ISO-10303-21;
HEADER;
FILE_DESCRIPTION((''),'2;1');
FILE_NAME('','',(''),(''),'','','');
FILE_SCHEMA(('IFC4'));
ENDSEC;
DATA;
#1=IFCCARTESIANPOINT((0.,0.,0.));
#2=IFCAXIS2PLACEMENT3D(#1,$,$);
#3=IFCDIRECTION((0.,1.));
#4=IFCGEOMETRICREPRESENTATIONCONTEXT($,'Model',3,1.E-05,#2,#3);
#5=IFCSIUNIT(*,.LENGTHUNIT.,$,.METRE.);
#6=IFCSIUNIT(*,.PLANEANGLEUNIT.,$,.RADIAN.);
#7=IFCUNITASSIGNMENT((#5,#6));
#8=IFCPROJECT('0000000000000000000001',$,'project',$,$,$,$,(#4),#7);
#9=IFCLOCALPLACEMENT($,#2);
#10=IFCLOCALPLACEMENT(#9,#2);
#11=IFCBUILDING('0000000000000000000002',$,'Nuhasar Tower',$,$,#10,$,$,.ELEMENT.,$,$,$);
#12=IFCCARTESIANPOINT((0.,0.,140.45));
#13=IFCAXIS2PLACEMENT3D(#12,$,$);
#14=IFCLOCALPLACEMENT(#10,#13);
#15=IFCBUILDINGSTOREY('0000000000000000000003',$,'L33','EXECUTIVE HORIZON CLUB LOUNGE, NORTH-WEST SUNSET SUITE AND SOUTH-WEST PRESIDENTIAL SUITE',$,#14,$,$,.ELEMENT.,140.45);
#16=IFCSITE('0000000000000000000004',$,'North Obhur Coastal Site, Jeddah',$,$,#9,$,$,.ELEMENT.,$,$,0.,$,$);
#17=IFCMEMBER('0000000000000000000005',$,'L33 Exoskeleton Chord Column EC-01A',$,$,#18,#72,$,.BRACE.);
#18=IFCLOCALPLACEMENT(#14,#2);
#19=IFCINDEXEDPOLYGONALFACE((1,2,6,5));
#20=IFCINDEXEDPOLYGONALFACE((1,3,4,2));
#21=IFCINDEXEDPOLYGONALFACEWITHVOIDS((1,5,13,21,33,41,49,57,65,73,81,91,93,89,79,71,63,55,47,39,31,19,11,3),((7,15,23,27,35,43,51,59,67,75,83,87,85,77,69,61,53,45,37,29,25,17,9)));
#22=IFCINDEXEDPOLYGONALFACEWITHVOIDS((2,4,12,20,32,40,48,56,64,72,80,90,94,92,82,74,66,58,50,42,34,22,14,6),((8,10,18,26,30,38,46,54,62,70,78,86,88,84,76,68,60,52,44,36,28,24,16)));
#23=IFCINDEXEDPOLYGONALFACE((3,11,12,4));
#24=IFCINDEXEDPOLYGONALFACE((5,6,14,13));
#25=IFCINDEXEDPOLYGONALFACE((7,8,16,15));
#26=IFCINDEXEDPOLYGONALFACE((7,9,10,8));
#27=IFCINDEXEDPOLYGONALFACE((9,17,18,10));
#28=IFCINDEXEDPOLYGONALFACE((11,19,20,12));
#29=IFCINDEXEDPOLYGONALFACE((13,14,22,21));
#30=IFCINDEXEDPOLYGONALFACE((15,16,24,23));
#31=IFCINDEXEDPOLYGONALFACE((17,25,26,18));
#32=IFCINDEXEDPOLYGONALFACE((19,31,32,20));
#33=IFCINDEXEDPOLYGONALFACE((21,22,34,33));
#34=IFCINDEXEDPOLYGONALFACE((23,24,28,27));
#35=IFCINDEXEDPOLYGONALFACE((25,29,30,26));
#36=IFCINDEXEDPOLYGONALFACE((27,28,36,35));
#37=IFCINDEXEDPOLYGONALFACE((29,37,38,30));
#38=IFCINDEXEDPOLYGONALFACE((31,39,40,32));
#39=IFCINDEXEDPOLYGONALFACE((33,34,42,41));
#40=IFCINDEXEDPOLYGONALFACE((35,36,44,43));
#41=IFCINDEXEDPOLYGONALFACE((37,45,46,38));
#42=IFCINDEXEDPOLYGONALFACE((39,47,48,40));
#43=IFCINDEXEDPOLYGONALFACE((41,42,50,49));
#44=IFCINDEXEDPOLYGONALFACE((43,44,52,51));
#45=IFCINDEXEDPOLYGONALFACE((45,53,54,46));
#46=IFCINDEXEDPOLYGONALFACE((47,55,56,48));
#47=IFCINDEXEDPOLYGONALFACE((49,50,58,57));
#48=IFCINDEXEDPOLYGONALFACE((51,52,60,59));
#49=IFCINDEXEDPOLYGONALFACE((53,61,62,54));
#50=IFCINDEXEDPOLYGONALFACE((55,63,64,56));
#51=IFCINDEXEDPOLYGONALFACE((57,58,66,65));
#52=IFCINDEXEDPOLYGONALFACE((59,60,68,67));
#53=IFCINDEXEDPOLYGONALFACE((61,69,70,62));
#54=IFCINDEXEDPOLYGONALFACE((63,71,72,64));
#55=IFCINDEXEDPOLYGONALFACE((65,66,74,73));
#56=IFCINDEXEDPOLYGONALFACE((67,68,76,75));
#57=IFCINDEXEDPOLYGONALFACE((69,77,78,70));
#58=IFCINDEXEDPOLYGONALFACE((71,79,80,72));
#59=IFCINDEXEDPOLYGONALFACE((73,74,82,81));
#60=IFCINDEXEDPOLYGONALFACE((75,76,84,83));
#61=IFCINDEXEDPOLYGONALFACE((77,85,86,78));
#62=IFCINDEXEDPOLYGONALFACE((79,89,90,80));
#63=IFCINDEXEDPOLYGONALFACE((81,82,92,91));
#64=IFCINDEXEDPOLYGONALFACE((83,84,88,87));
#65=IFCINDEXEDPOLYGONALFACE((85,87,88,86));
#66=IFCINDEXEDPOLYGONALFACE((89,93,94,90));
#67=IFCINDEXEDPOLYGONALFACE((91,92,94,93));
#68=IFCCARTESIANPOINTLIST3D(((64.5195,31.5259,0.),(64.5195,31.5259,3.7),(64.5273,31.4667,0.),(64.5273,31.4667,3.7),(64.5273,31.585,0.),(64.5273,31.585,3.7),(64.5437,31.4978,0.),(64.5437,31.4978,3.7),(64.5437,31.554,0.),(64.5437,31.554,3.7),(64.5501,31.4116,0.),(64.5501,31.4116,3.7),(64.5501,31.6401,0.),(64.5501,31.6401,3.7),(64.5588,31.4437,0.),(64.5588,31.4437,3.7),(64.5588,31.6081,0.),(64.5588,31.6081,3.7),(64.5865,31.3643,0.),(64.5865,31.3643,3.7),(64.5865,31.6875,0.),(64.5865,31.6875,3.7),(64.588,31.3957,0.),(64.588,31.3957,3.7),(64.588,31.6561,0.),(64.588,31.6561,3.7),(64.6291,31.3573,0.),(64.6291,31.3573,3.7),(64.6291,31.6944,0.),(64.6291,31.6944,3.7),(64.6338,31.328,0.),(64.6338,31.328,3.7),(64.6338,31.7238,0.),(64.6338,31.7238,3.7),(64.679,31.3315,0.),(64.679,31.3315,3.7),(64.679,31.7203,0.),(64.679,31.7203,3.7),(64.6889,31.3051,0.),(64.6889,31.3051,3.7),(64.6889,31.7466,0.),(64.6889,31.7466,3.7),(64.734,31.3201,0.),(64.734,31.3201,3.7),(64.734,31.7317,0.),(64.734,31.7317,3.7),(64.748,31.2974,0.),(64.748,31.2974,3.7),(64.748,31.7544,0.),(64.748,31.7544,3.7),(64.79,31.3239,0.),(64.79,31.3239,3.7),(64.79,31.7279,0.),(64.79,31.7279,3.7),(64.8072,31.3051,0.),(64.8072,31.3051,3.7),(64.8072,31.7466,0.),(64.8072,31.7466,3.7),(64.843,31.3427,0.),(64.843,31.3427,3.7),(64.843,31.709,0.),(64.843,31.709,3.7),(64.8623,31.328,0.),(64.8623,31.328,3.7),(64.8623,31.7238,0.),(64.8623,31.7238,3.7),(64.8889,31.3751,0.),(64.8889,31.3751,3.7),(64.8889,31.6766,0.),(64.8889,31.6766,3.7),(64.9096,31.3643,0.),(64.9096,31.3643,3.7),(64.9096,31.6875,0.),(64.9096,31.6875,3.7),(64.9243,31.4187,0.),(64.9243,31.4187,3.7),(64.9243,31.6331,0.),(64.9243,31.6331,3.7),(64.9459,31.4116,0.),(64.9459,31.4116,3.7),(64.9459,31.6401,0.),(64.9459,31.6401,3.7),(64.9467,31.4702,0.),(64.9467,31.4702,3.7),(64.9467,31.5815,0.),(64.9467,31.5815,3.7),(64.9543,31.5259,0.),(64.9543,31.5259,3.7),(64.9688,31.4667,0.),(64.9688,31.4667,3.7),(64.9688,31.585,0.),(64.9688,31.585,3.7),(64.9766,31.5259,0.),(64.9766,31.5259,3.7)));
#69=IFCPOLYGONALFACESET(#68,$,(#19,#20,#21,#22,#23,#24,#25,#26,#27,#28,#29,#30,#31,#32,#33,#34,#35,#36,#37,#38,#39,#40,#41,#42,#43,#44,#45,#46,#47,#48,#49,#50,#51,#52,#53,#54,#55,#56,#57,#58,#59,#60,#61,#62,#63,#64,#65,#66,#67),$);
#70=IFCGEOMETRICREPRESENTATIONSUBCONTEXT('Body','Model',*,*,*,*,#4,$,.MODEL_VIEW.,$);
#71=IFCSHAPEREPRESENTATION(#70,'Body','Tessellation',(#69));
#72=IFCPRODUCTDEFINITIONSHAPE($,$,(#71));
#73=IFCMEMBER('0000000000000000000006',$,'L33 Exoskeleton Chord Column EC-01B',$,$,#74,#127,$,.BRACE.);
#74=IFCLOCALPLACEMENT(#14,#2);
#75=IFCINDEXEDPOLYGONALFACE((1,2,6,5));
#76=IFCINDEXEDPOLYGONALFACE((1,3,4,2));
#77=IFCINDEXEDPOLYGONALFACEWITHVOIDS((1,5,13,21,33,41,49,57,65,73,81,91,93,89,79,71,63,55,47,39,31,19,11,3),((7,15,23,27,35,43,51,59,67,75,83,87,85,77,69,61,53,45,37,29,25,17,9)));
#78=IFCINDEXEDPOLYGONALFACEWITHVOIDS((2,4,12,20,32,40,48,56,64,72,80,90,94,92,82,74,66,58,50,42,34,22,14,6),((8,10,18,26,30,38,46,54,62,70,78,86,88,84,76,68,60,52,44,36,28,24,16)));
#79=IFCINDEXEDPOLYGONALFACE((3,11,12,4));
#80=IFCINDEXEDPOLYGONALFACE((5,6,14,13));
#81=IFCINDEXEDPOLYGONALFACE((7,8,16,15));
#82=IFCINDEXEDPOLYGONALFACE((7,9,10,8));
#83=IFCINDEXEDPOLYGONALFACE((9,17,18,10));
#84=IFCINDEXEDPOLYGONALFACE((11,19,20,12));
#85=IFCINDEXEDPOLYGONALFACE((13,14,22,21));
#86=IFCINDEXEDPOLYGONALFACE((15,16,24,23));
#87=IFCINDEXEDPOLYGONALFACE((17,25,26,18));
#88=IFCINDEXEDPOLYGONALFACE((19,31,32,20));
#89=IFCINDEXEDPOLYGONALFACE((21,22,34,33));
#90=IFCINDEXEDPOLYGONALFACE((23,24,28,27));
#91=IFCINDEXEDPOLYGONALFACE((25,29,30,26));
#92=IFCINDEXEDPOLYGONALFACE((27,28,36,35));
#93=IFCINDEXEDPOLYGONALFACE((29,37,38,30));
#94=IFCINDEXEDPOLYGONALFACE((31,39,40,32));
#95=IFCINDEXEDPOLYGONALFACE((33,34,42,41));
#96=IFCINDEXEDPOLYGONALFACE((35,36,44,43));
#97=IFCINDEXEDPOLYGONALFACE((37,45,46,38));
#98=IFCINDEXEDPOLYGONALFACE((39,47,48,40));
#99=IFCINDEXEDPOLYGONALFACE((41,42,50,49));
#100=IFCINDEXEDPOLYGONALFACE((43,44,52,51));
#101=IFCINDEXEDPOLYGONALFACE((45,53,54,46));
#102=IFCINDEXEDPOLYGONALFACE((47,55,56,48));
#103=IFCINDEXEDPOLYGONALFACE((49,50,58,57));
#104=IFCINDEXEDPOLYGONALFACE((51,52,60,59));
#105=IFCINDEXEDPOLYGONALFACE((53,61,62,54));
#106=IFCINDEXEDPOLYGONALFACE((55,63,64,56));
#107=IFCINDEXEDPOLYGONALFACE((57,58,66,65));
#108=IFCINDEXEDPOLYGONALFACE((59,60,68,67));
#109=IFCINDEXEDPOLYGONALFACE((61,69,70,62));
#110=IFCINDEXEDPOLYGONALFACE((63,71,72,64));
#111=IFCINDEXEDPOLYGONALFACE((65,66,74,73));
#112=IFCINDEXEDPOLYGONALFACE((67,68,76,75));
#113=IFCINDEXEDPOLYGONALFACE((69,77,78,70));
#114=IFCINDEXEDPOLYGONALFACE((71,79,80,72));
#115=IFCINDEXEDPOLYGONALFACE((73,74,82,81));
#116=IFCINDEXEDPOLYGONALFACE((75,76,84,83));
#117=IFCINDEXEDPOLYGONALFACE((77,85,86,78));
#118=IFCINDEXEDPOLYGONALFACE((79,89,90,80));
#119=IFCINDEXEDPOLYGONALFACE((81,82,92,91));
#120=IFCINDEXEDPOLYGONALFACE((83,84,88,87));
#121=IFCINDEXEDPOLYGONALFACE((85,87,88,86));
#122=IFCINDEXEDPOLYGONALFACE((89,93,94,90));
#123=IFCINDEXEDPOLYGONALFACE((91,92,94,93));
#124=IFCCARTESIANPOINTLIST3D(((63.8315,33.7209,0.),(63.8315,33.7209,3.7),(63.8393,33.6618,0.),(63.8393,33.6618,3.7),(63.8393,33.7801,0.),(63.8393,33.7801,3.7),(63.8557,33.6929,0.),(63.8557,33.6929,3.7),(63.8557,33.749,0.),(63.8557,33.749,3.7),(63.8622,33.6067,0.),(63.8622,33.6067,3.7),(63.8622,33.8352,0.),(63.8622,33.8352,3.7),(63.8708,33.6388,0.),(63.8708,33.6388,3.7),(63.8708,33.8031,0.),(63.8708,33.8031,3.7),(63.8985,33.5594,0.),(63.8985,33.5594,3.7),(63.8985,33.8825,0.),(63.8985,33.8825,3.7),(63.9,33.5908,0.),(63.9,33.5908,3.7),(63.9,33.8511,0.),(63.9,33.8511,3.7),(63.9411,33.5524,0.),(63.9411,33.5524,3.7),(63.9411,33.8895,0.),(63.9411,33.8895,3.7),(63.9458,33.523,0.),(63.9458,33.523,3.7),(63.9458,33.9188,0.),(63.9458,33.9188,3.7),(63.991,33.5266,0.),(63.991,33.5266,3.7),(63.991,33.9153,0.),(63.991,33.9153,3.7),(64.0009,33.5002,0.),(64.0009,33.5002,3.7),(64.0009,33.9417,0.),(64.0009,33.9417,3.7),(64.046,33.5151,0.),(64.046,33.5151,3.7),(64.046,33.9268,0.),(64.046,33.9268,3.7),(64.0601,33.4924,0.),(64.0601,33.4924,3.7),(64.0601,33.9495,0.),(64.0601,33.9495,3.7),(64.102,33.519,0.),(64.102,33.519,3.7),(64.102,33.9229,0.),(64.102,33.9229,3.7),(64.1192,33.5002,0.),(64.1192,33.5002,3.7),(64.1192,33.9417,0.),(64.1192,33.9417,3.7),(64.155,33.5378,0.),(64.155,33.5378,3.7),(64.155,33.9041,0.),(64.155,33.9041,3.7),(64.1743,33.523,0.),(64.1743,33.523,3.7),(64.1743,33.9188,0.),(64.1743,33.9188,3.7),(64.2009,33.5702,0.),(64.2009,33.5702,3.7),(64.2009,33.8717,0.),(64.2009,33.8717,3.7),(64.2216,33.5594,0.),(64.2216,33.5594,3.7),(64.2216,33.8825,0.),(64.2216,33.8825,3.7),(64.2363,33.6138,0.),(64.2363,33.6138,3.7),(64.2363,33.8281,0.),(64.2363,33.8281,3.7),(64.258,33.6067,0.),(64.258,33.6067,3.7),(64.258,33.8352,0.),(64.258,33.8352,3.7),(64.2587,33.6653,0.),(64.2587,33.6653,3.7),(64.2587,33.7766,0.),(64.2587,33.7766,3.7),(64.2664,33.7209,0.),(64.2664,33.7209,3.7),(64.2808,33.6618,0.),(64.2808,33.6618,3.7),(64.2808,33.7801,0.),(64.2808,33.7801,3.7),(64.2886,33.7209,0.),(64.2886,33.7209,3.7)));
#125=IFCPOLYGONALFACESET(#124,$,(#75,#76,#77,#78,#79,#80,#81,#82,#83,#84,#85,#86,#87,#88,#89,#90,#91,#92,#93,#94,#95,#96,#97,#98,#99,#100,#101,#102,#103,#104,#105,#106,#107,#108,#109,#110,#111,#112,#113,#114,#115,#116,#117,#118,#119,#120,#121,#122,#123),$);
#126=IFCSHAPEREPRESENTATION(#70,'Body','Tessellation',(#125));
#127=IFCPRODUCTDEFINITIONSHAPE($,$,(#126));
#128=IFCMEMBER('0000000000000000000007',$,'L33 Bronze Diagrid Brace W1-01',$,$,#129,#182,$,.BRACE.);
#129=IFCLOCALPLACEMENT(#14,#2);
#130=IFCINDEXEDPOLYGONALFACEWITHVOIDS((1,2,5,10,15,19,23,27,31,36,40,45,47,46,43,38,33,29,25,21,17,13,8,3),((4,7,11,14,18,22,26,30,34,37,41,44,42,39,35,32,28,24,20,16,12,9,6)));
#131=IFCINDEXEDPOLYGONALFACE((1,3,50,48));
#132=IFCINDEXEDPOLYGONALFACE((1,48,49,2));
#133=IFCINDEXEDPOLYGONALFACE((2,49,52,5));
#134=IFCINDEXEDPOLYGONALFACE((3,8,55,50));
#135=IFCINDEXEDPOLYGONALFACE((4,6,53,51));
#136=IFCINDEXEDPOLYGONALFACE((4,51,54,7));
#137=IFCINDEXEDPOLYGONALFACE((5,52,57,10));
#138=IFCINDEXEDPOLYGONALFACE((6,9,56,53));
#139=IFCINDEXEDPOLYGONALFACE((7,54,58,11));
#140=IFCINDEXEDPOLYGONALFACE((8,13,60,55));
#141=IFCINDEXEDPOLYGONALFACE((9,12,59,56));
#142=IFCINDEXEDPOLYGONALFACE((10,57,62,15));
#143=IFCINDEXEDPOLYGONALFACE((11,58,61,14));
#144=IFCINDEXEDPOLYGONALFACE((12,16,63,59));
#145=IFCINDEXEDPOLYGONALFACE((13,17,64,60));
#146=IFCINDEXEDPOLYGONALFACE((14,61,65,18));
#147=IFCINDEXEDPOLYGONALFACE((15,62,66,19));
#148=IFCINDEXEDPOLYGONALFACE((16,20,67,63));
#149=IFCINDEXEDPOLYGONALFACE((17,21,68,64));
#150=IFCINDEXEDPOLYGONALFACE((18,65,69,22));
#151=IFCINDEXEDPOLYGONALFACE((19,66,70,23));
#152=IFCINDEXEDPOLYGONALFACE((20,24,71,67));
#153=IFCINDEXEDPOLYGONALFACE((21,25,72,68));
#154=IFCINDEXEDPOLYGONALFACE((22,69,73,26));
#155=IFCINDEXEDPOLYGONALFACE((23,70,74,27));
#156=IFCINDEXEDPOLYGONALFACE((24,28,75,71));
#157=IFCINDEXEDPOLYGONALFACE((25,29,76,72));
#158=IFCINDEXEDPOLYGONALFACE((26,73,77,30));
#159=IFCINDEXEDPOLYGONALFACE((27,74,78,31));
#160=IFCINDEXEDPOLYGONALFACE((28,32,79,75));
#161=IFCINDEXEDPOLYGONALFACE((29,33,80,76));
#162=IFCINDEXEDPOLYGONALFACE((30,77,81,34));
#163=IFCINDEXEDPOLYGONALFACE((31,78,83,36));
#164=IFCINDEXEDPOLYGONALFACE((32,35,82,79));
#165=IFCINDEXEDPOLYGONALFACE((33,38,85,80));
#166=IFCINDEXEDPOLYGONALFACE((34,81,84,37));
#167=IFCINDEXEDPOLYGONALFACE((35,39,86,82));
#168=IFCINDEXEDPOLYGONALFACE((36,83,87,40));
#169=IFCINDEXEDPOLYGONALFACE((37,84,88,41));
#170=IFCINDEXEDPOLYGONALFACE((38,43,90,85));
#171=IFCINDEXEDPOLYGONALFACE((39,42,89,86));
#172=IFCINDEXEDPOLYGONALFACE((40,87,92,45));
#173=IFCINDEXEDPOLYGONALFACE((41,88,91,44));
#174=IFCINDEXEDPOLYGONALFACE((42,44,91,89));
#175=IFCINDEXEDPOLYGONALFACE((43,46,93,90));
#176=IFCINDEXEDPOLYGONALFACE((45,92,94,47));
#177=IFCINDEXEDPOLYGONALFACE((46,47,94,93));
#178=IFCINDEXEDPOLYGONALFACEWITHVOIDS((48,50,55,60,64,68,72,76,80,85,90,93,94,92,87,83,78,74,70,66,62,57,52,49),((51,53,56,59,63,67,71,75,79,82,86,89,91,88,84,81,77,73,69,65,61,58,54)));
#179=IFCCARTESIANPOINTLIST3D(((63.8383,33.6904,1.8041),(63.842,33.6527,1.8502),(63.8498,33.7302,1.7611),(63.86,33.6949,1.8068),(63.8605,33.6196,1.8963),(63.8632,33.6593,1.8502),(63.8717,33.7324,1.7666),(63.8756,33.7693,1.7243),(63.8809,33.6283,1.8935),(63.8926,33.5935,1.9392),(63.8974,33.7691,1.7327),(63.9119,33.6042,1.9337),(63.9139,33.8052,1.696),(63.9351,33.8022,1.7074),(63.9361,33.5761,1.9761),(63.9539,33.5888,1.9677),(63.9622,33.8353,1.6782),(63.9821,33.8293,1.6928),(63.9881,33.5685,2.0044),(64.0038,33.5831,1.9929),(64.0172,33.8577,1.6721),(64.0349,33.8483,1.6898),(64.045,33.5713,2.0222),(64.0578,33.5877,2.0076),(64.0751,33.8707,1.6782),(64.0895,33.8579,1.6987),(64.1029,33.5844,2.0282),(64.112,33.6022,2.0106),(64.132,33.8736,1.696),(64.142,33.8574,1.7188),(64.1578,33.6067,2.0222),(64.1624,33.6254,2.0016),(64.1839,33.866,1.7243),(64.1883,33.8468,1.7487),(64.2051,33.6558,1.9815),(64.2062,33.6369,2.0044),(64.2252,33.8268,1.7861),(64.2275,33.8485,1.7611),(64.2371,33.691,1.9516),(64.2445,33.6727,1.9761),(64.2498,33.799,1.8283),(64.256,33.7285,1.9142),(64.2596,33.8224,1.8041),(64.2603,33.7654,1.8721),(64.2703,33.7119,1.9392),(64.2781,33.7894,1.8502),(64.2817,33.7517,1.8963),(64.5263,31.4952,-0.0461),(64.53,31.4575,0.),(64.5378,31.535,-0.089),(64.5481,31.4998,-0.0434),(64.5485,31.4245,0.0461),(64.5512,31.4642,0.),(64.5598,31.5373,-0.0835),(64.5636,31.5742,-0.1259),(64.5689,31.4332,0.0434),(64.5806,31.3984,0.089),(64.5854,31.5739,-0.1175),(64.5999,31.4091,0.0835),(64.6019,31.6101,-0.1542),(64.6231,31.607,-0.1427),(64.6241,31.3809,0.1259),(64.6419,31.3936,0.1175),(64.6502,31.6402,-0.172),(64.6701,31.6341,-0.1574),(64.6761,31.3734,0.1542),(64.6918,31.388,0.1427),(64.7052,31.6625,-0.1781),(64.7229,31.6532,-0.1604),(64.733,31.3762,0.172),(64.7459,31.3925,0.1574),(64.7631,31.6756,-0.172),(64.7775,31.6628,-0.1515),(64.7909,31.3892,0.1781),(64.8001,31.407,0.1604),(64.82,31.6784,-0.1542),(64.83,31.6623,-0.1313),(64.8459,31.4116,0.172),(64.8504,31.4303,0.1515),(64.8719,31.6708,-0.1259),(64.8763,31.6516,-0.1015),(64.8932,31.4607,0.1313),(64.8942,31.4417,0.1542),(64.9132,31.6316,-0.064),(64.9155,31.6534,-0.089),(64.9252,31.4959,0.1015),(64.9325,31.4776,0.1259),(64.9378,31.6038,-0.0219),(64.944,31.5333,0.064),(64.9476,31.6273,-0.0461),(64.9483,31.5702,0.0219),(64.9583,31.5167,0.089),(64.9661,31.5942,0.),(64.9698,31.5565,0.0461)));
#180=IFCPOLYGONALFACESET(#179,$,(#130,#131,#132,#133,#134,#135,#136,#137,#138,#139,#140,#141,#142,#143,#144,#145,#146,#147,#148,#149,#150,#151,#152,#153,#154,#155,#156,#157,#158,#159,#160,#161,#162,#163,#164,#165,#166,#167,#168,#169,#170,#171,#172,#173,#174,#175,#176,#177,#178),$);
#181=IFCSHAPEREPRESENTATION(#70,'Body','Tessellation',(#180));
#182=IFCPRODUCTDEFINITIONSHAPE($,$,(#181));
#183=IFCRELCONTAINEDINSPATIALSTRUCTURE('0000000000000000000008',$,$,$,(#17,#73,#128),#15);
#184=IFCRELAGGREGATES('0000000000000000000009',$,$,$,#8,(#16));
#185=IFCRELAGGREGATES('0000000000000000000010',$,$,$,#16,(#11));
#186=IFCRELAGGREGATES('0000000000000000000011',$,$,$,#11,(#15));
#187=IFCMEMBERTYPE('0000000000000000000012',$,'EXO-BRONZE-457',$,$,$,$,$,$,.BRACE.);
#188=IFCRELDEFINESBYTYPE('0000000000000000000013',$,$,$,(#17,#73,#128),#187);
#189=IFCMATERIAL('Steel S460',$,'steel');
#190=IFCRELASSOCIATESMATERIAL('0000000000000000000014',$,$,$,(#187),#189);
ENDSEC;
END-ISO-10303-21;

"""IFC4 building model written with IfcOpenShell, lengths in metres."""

from ifc_helpers import new_model, si_unit, direction, frame, origin, origin_2d, place, context, subcontext, project, spatial, hollow_circle, extrude, material, material_profile, profile_set, type_object, element, save


model = new_model("IFC4")

# Units and contexts
model_context = context("Model", 3, precision=1e-05, world=origin(), true_north=direction((0.0, 1.0)))
body_context = subcontext(model_context, "Body", "Model", "MODEL_VIEW")
ifc_project = project(units=[si_unit("LENGTHUNIT", "METRE"), si_unit("PLANEANGLEUNIT", "RADIAN")], contexts=[model_context])

# Site, building, storey
site_placement = place(None, origin())
site = spatial("IfcSite", under=ifc_project, at=site_placement, Name="North Obhur Coastal Site, Jeddah", CompositionType="ELEMENT", RefElevation=0.0)
building_placement = place(site_placement, origin())
building = spatial("IfcBuilding", under=site, at=building_placement, Name="Nuhasar Tower", CompositionType="ELEMENT")
storey_placement = place(building_placement, frame((0.0, 0.0, 140.45)))
storey = spatial("IfcBuildingStorey", under=building, at=storey_placement, Name="L33", Description="EXECUTIVE HORIZON CLUB LOUNGE, NORTH-WEST SUNSET SUITE AND SOUTH-WEST PRESIDENTIAL SUITE", CompositionType="ELEMENT", Elevation=140.45)

# Members
ifc_material_1 = material(Name="Steel S460", Category="steel")
ifc_material_profile_1 = material_profile(ifc_material_1, hollow_circle(Radius=0.2285, WallThickness=0.0222, at=origin_2d()), Name="HSS457X22.2")
ifc_profile_set_1 = profile_set([ifc_material_profile_1], Name="Steel S460")
member_type_1 = type_object("IfcMemberType", Name="EXO-BRONZE-457", PredefinedType="BRACE", material=ifc_profile_set_1)
for number, where, z_axis, x_axis, name in (
    (1, (64.748, 31.5259, 0.0), (0.0, 0.0, 1.0), (1.0, 0.0, 0.0), "L33 Exoskeleton Chord Column EC-01A"),
    (2, (64.0601, 33.7209, 0.0), (0.0, 0.0, 1.0), (1.0, 0.0, 0.0), "L33 Exoskeleton Chord Column EC-01B"),
):
    element("IfcMember", number, at=place(storey_placement, frame(where, z_axis=z_axis, x_axis=x_axis)), inside=storey, type_object=member_type_1, Name=name, PredefinedType="BRACE", context=body_context, shape_type="SweptSolid", body=[
        extrude(hollow_circle(Radius=0.2285, WallThickness=0.0222, at=origin_2d()), origin(), (0.0, 0.0, 1.0), 3.7),
    ])
member_1_placement = place(storey_placement, frame((64.748, 31.5259, 0.0), z_axis=(-0.233056, 0.743578, 0.626719), x_axis=(-0.954228, -0.299079, 0.0)))
element("IfcMember", 3, at=member_1_placement, inside=storey, type_object=member_type_1, Name="L33 Bronze Diagrid Brace W1-01", PredefinedType="BRACE", context=body_context, shape_type="SweptSolid", body=[
    extrude(hollow_circle(Radius=0.2285, WallThickness=0.0222, at=origin_2d()), origin(), (0.0, 0.0, 1.0), 2.9521),
])

save(model, "model.ifc")
